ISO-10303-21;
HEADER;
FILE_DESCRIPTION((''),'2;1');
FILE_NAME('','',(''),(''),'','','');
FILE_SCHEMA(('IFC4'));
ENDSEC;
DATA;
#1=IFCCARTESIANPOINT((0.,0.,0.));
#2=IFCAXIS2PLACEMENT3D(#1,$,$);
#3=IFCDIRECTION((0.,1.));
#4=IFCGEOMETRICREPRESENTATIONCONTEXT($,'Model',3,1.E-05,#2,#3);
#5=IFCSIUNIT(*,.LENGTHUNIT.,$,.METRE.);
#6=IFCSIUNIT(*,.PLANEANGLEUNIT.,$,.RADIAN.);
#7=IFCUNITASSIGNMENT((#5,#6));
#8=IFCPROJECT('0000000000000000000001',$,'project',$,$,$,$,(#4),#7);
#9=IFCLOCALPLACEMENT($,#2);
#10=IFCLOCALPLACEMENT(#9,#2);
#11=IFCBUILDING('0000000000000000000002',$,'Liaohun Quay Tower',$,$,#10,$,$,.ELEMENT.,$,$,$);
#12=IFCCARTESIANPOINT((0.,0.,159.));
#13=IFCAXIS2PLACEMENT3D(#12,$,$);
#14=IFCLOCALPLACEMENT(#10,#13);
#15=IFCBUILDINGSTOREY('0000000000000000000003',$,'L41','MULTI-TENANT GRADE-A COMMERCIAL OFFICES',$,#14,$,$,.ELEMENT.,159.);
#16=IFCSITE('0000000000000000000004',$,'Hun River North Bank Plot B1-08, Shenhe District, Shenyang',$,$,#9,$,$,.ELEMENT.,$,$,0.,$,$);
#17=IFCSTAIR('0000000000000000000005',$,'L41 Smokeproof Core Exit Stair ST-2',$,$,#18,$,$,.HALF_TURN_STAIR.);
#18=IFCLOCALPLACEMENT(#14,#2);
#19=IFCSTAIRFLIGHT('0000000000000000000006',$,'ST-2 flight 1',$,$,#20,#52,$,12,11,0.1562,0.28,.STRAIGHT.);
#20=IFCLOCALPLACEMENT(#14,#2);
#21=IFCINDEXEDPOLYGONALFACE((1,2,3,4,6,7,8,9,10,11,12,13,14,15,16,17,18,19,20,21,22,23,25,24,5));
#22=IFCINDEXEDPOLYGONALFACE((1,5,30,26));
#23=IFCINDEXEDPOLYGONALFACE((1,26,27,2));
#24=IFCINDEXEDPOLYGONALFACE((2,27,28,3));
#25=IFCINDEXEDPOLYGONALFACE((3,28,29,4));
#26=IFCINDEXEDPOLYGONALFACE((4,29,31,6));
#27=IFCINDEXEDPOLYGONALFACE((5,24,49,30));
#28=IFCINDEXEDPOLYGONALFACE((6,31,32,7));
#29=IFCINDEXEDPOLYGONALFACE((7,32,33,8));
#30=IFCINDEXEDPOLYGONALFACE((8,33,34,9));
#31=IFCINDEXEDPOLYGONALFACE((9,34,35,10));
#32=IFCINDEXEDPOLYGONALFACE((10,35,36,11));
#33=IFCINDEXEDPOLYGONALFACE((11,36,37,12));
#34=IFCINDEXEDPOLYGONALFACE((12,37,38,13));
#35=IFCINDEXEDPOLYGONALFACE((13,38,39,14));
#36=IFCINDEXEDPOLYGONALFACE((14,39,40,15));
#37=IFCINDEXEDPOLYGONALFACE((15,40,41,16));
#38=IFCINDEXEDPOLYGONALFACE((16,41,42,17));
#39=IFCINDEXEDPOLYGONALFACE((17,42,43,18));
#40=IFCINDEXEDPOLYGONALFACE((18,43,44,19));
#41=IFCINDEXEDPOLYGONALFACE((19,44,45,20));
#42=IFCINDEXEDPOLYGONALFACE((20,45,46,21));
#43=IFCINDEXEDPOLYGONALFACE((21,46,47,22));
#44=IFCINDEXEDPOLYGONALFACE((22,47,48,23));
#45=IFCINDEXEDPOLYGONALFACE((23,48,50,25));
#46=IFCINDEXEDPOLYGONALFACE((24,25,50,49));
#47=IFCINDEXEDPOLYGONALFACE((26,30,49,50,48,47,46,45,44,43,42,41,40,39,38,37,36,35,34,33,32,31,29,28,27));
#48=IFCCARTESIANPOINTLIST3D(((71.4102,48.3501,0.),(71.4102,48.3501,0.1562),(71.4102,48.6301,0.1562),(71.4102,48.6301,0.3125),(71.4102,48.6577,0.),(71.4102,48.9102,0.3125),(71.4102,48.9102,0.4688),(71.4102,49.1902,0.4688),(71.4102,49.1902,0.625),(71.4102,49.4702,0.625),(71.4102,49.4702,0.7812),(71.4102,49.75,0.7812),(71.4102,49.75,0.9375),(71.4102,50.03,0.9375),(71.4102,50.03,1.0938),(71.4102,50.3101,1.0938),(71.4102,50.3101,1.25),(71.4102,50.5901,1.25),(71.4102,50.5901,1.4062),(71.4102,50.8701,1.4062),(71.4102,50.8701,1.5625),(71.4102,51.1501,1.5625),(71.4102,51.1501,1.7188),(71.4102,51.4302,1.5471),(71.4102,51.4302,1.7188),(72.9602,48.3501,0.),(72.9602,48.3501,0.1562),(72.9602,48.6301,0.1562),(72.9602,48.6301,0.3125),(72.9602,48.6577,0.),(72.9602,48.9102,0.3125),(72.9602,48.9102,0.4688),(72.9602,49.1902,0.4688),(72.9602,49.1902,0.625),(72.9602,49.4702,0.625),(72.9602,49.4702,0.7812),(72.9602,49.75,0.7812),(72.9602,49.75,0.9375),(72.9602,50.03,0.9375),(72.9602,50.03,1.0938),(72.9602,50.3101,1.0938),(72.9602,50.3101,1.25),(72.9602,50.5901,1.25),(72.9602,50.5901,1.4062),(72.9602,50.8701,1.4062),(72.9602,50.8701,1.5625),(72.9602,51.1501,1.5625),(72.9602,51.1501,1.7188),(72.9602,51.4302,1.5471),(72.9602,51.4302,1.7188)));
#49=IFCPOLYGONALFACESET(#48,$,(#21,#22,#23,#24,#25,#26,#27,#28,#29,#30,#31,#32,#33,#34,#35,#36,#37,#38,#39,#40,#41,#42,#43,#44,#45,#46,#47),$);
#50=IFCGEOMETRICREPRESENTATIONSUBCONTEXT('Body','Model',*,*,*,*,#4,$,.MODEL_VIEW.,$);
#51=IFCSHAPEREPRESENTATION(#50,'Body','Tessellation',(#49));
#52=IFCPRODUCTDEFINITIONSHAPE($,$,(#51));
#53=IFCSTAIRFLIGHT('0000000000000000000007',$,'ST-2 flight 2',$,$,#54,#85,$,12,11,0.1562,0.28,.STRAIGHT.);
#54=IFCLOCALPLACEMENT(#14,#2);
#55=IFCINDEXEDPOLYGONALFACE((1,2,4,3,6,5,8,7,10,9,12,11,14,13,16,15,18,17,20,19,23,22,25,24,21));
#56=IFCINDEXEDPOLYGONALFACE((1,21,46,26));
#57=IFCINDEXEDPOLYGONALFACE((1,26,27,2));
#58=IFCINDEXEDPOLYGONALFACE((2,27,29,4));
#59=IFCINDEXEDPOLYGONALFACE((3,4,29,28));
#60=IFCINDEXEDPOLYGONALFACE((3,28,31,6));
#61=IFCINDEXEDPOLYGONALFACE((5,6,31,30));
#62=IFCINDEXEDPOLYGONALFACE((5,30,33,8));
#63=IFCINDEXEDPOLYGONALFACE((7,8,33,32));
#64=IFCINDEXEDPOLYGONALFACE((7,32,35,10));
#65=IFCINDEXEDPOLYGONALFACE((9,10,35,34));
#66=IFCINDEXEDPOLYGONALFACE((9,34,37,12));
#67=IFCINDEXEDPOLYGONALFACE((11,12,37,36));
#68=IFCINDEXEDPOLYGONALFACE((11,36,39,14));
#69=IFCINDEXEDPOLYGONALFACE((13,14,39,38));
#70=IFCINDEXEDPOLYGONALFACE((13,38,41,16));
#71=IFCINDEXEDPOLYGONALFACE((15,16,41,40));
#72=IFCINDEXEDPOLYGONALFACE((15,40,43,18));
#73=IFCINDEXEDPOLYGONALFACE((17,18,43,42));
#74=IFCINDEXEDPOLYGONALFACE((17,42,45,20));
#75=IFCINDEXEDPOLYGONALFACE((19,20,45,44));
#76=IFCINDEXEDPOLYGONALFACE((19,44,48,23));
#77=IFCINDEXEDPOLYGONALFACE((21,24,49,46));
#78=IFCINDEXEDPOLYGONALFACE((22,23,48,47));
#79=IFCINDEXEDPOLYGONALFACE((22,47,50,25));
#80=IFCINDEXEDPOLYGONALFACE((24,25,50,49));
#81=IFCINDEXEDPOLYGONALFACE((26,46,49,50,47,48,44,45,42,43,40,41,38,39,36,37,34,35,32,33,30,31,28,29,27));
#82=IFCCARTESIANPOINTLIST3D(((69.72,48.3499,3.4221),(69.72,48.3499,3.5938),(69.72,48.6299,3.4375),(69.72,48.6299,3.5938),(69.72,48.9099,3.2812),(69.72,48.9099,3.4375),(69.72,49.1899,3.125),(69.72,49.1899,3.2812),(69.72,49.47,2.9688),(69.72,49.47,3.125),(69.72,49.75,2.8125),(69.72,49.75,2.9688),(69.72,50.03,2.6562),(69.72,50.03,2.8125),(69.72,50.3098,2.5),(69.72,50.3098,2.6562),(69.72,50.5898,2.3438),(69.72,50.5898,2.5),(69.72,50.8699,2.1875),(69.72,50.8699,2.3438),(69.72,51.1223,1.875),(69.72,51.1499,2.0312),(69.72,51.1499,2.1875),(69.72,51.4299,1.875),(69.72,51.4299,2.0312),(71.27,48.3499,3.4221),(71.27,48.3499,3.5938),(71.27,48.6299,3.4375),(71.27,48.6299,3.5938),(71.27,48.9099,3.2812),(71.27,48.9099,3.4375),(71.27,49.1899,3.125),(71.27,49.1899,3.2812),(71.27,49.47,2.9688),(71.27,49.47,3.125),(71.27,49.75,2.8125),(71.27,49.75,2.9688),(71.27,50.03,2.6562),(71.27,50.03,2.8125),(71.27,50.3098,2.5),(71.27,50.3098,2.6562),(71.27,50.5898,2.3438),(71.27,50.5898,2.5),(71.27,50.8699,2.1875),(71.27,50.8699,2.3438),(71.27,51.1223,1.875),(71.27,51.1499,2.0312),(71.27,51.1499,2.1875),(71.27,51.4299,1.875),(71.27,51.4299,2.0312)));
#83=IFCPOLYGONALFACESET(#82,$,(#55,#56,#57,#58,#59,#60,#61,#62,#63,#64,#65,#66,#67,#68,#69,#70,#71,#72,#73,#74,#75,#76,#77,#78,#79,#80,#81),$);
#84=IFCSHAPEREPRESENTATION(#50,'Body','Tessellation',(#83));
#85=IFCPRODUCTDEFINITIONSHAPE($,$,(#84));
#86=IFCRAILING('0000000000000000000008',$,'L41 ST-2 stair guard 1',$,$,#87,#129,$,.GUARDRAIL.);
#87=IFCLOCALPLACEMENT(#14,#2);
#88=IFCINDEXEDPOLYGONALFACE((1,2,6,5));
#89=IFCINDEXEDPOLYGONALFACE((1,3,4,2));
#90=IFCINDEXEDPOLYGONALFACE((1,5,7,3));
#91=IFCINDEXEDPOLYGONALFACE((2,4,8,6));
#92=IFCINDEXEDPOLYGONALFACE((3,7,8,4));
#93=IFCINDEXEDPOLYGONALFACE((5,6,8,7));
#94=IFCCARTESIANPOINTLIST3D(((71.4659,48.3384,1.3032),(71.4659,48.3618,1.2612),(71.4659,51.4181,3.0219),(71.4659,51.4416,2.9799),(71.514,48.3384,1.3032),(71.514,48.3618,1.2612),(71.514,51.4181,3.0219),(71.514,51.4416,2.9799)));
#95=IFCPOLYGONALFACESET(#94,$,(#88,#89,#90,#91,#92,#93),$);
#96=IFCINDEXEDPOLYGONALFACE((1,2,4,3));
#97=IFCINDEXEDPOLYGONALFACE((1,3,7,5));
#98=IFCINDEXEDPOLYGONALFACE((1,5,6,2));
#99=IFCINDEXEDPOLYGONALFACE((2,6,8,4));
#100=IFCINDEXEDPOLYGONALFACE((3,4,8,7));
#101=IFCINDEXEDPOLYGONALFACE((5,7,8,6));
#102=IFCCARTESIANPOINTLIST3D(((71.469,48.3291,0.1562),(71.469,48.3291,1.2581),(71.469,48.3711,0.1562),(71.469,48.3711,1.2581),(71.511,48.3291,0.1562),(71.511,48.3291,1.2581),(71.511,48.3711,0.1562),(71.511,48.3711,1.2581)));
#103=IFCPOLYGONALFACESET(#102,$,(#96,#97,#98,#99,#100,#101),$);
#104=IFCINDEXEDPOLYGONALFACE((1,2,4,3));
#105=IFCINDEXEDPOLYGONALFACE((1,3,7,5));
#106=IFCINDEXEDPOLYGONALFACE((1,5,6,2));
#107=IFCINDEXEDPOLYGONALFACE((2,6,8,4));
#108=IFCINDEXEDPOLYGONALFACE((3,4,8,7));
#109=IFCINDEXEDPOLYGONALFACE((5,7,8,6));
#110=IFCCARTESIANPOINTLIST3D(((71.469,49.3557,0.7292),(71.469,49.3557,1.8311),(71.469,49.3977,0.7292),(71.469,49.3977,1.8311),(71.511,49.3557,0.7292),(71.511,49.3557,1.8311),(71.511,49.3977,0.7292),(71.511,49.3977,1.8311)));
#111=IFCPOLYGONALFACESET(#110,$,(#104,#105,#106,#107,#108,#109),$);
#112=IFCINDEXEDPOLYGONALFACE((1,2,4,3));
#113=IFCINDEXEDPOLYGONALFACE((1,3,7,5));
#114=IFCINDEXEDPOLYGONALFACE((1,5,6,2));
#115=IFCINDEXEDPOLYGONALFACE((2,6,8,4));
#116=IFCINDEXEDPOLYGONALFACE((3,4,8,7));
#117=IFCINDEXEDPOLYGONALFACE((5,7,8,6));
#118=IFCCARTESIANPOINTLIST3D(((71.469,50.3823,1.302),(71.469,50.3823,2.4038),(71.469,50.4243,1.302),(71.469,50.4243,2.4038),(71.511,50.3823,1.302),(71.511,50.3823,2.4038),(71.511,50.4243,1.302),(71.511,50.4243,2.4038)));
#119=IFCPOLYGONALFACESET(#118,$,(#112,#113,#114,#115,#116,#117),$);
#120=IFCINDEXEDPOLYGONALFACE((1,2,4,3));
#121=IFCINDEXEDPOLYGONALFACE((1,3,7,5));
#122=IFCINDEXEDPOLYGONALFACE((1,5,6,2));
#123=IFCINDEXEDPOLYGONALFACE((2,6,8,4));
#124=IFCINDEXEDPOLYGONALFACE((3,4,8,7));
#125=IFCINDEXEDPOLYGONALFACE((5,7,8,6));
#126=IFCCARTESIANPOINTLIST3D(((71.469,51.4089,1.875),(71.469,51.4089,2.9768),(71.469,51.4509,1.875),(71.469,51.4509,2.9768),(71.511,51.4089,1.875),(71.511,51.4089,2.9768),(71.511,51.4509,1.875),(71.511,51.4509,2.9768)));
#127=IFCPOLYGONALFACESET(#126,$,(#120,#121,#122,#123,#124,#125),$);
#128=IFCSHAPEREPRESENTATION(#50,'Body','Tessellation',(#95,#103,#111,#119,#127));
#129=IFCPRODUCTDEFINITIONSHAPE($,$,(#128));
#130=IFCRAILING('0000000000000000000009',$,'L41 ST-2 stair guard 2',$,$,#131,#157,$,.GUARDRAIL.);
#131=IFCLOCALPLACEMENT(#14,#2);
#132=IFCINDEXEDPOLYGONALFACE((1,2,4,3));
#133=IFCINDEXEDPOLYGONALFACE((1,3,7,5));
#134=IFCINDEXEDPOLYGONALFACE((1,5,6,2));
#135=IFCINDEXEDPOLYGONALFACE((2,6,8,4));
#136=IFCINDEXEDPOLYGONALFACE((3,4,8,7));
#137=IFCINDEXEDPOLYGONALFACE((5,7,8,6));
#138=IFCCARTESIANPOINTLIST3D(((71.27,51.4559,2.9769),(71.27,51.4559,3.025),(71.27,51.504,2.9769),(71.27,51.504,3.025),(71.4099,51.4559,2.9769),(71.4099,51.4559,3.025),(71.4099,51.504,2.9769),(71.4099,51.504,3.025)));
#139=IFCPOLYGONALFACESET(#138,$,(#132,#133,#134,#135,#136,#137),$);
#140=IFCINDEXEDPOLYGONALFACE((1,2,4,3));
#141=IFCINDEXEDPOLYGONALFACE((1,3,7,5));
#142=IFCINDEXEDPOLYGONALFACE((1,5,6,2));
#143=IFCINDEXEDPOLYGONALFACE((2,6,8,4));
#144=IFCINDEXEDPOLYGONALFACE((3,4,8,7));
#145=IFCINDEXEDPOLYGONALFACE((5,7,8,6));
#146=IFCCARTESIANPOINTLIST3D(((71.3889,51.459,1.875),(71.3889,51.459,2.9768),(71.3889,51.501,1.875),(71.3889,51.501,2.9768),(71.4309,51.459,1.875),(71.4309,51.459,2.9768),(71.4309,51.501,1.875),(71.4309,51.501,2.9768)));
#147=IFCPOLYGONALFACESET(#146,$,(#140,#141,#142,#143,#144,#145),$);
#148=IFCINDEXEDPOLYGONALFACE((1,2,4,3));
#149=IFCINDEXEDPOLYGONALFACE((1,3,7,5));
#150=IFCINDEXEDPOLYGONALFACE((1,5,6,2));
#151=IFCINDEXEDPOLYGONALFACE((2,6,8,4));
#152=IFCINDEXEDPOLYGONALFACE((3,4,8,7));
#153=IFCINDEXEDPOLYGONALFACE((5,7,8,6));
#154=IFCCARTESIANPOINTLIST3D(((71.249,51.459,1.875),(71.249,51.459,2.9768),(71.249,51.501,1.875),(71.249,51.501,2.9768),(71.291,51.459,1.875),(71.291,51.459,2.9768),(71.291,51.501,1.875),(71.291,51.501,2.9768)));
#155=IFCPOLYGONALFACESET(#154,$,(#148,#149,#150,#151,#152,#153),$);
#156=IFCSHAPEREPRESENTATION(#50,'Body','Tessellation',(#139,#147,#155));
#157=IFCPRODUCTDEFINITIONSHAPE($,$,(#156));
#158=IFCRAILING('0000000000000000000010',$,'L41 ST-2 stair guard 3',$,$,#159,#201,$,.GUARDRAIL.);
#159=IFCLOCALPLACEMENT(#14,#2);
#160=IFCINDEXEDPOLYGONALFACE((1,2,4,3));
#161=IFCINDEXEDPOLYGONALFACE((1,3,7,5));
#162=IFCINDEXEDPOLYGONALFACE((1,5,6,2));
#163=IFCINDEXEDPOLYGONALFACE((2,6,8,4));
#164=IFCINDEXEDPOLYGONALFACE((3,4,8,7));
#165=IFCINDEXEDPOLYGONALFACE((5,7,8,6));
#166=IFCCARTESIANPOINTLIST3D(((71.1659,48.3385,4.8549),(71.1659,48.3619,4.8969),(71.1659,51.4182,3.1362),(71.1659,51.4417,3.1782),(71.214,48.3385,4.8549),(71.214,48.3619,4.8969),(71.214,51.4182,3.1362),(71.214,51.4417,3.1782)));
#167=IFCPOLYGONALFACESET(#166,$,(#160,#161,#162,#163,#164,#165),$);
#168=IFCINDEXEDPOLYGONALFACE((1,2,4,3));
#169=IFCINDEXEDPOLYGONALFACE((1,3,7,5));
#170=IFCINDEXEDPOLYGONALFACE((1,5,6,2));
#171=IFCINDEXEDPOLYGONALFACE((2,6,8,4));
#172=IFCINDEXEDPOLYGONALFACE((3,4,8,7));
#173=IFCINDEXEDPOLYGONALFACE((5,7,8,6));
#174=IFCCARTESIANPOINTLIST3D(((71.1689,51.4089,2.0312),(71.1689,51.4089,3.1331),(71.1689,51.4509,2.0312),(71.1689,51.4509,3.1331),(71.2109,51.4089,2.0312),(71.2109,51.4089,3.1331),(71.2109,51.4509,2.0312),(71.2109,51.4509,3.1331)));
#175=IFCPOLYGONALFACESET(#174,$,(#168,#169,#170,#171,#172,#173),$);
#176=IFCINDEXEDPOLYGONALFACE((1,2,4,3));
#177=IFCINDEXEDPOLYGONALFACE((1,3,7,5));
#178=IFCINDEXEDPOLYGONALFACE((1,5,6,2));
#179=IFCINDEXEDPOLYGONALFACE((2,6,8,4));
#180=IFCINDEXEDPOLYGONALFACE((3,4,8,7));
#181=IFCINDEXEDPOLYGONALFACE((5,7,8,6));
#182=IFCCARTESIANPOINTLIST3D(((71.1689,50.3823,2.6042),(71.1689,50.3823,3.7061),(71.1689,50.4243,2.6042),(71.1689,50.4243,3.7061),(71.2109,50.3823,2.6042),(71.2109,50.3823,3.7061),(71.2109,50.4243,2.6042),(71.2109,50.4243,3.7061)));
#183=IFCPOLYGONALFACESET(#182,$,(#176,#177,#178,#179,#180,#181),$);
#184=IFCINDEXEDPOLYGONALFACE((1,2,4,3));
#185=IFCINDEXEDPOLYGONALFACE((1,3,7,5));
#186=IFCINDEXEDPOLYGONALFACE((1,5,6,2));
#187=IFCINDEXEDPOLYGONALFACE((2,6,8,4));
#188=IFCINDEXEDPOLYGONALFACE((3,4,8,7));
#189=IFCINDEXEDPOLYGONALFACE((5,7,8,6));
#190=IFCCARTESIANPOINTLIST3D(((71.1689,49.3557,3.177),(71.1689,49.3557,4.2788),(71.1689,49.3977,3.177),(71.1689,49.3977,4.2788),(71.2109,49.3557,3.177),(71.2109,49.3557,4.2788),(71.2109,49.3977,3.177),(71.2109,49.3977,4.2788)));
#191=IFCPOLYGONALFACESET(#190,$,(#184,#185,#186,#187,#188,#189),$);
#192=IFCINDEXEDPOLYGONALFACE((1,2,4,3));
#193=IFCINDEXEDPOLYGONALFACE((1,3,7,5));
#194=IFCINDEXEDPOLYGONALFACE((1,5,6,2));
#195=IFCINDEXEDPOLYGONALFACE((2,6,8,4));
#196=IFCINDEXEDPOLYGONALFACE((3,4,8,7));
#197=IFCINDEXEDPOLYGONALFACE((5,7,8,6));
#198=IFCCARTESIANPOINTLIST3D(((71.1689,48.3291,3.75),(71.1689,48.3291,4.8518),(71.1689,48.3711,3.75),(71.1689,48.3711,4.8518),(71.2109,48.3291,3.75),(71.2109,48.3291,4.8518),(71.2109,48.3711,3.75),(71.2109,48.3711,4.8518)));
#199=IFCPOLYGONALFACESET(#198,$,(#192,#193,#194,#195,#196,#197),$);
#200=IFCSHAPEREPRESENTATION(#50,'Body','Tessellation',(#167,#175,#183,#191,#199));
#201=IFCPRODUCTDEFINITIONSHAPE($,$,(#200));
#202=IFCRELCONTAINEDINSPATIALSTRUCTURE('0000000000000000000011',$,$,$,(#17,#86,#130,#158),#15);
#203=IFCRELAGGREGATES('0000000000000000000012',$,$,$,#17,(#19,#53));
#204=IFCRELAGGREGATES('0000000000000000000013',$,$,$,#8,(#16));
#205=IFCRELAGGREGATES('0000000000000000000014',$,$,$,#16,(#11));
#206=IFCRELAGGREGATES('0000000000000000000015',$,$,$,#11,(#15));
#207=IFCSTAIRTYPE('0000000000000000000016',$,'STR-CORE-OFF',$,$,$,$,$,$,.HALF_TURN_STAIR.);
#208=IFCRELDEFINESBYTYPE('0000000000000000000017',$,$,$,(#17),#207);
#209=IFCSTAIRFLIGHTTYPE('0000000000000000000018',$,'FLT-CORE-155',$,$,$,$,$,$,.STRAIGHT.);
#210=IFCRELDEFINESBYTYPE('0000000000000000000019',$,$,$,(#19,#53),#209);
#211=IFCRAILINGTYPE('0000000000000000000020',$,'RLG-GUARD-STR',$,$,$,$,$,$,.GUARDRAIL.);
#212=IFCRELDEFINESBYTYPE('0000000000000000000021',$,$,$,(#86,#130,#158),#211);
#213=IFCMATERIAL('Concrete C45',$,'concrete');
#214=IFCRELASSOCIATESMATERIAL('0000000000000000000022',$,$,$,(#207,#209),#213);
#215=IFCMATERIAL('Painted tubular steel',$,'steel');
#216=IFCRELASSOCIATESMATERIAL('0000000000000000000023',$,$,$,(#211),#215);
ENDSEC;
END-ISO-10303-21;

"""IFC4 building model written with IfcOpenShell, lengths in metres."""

from ifc_helpers import new_model, si_unit, direction, frame, origin, origin_2d, place, context, subcontext, project, spatial, polyline, rectangle, outline, extrude, material, type_object, element, aggregate, save


model = new_model("IFC4")

# Units and contexts
model_context = context("Model", 3, precision=1e-05, world=origin(), true_north=direction((0.0, 1.0)))
body_context = subcontext(model_context, "Body", "Model", "MODEL_VIEW")
ifc_project = project(units=[si_unit("LENGTHUNIT", "METRE"), si_unit("PLANEANGLEUNIT", "RADIAN")], contexts=[model_context])

# Site, building, storey
site_placement = place(None, origin())
site = spatial("IfcSite", under=ifc_project, at=site_placement, Name="Hun River North Bank Plot B1-08, Shenhe District, Shenyang", CompositionType="ELEMENT", RefElevation=0.0)
building_placement = place(site_placement, origin())
building = spatial("IfcBuilding", under=site, at=building_placement, Name="Liaohun Quay Tower", CompositionType="ELEMENT")
storey_placement = place(building_placement, frame((0.0, 0.0, 159.0)))
storey = spatial("IfcBuildingStorey", under=building, at=storey_placement, Name="L41", Description="MULTI-TENANT GRADE-A COMMERCIAL OFFICES", CompositionType="ELEMENT", Elevation=159.0)

# Stair, stair flights
ifc_material_1 = material(Name="Concrete C45", Category="concrete")
stair_type = type_object("IfcStairType", Name="STR-CORE-OFF", PredefinedType="HALF_TURN_STAIR", material=ifc_material_1)
stair_placement = place(storey_placement, origin())
stair = element("IfcStair", 1, at=stair_placement, inside=storey, type_object=stair_type, Name="L41 Smokeproof Core Exit Stair ST-2", PredefinedType="HALF_TURN_STAIR")
stair_flight_type = type_object("IfcStairFlightType", Name="FLT-CORE-155", PredefinedType="STRAIGHT", material=ifc_material_1)
stair_flight_1_placement = place(storey_placement, frame((72.1851, 48.3501, 0.0), z_axis=(0.0, 0.0, 1.0), x_axis=(0.0, 1.0, 0.0)))
stair_flight_1 = element("IfcStairFlight", 2, at=stair_flight_1_placement, type_object=stair_flight_type, Name="ST-2 flight 1", NumberOfRisers=12, NumberOfTreads=11, PredefinedType="STRAIGHT", RiserHeight=0.1562, TreadLength=0.28, context=body_context, shape_type="SweptSolid", body=[
    extrude(outline(polyline([(0.0, 0.0), (0.0, 0.1562), (0.28, 0.1562), (0.28, 0.3125), (0.5601, 0.3125), (0.5601, 0.4688), (0.8401, 0.4688), (0.8401, 0.625), (1.1201, 0.625), (1.1201, 0.7812), (1.3999, 0.7812), (1.3999, 0.9375), (1.6799, 0.9375), (1.6799, 1.0938), (1.96, 1.0938), (1.96, 1.25), (2.24, 1.25), (2.24, 1.4062), (2.52, 1.4062), (2.52, 1.5625), (2.8, 1.5625), (2.8, 1.7188), (3.0801, 1.7188), (3.0801, 1.875), (3.0801, 1.5471), (0.3076, 0.0), (0.0, 0.0)])), frame((0.0, 0.7749, 0.0), z_axis=(0.0, -1.0, 0.0), x_axis=(1.0, 0.0, 0.0)), (0.0, 0.0, 1.0), 1.55),
])
stair_flight_2_placement = place(storey_placement, frame((70.4951, 51.4299, 1.875), z_axis=(0.0, 0.0, 1.0), x_axis=(0.0, -1.0, 0.0)))
stair_flight_2 = element("IfcStairFlight", 3, at=stair_flight_2_placement, type_object=stair_flight_type, Name="ST-2 flight 2", NumberOfRisers=12, NumberOfTreads=11, PredefinedType="STRAIGHT", RiserHeight=0.1562, TreadLength=0.28, context=body_context, shape_type="SweptSolid", body=[
    extrude(outline(polyline([(0.0, 0.0), (0.0, 0.1562), (0.28, 0.1562), (0.28, 0.3125), (0.5601, 0.3125), (0.5601, 0.4688), (0.8401, 0.4688), (0.8401, 0.625), (1.1201, 0.625), (1.1201, 0.7812), (1.3999, 0.7812), (1.3999, 0.9375), (1.6799, 0.9375), (1.6799, 1.0938), (1.96, 1.0938), (1.96, 1.25), (2.24, 1.25), (2.24, 1.4062), (2.52, 1.4062), (2.52, 1.5625), (2.8, 1.5625), (2.8, 1.7188), (3.0801, 1.7188), (3.0801, 1.875), (3.0801, 1.5471), (0.3076, 0.0), (0.0, 0.0)])), frame((0.0, 0.7749, 0.0), z_axis=(0.0, -1.0, 0.0), x_axis=(1.0, 0.0, 0.0)), (0.0, 0.0, 1.0), 1.55),
])
aggregate(stair, [stair_flight_1, stair_flight_2])

# Railings
ifc_material_2 = material(Name="Painted tubular steel", Category="steel")
railing_type_1 = type_object("IfcRailingType", Name="RLG-GUARD-STR", PredefinedType="GUARDRAIL", material=ifc_material_2)
railing_1_placement = place(storey_placement, frame((71.49, 48.3501, 0.1562)))
element("IfcRailing", 4, at=railing_1_placement, inside=storey, type_object=railing_type_1, Name="L41 ST-2 stair guard 1", PredefinedType="GUARDRAIL", context=body_context, shape_type="SweptSolid", body=[
    extrude(rectangle(XDim=0.0481, YDim=0.0481, at=origin_2d()), frame((0.0, 0.0, 1.126), z_axis=(0.0, 0.873225, 0.487317), x_axis=(-1.0, 0.0, 0.0)), (0.0, 0.0, 1.0), 3.5269),
    extrude(rectangle(XDim=0.042, YDim=0.042, at=origin_2d()), origin(), (0.0, 0.0, 1.0), 1.1018),
    extrude(rectangle(XDim=0.042, YDim=0.042, at=origin_2d()), frame((0.0, 1.0266, 0.573)), (0.0, 0.0, 1.0), 1.1018),
    extrude(rectangle(XDim=0.042, YDim=0.042, at=origin_2d()), frame((0.0, 2.0532, 1.1458)), (0.0, 0.0, 1.0), 1.1018),
    extrude(rectangle(XDim=0.042, YDim=0.042, at=origin_2d()), frame((0.0, 3.0798, 1.7188)), (0.0, 0.0, 1.0), 1.1018),
])
railing_2_placement = place(storey_placement, frame((71.4099, 51.48, 1.875)))
element("IfcRailing", 5, at=railing_2_placement, inside=storey, type_object=railing_type_1, Name="L41 ST-2 stair guard 2", PredefinedType="GUARDRAIL", context=body_context, shape_type="SweptSolid", body=[
    extrude(rectangle(XDim=0.0481, YDim=0.0481, at=origin_2d()), frame((0.0, 0.0, 1.126), z_axis=(-1.0, 0.0, 0.0), x_axis=(0.0, -1.0, 0.0)), (0.0, 0.0, 1.0), 0.1399),
    extrude(rectangle(XDim=0.042, YDim=0.042, at=origin_2d()), origin(), (0.0, 0.0, 1.0), 1.1018),
    extrude(rectangle(XDim=0.042, YDim=0.042, at=origin_2d()), frame((-0.1399, 0.0, 0.0)), (0.0, 0.0, 1.0), 1.1018),
])
railing_3_placement = place(storey_placement, frame((71.1899, 51.4299, 2.0312)))
element("IfcRailing", 6, at=railing_3_placement, inside=storey, type_object=railing_type_1, Name="L41 ST-2 stair guard 3", PredefinedType="GUARDRAIL", context=body_context, shape_type="SweptSolid", body=[
    extrude(rectangle(XDim=0.0481, YDim=0.0481, at=origin_2d()), frame((0.0, 0.0, 1.126), z_axis=(0.0, -0.873225, 0.487317), x_axis=(1.0, 0.0, 0.0)), (0.0, 0.0, 1.0), 3.5269),
    extrude(rectangle(XDim=0.042, YDim=0.042, at=origin_2d()), origin(), (0.0, 0.0, 1.0), 1.1018),
    extrude(rectangle(XDim=0.042, YDim=0.042, at=origin_2d()), frame((0.0, -1.0266, 0.573)), (0.0, 0.0, 1.0), 1.1018),
    extrude(rectangle(XDim=0.042, YDim=0.042, at=origin_2d()), frame((0.0, -2.0532, 1.1458)), (0.0, 0.0, 1.0), 1.1018),
    extrude(rectangle(XDim=0.042, YDim=0.042, at=origin_2d()), frame((0.0, -3.0798, 1.7188)), (0.0, 0.0, 1.0), 1.1018),
])

save(model, "model.ifc")
